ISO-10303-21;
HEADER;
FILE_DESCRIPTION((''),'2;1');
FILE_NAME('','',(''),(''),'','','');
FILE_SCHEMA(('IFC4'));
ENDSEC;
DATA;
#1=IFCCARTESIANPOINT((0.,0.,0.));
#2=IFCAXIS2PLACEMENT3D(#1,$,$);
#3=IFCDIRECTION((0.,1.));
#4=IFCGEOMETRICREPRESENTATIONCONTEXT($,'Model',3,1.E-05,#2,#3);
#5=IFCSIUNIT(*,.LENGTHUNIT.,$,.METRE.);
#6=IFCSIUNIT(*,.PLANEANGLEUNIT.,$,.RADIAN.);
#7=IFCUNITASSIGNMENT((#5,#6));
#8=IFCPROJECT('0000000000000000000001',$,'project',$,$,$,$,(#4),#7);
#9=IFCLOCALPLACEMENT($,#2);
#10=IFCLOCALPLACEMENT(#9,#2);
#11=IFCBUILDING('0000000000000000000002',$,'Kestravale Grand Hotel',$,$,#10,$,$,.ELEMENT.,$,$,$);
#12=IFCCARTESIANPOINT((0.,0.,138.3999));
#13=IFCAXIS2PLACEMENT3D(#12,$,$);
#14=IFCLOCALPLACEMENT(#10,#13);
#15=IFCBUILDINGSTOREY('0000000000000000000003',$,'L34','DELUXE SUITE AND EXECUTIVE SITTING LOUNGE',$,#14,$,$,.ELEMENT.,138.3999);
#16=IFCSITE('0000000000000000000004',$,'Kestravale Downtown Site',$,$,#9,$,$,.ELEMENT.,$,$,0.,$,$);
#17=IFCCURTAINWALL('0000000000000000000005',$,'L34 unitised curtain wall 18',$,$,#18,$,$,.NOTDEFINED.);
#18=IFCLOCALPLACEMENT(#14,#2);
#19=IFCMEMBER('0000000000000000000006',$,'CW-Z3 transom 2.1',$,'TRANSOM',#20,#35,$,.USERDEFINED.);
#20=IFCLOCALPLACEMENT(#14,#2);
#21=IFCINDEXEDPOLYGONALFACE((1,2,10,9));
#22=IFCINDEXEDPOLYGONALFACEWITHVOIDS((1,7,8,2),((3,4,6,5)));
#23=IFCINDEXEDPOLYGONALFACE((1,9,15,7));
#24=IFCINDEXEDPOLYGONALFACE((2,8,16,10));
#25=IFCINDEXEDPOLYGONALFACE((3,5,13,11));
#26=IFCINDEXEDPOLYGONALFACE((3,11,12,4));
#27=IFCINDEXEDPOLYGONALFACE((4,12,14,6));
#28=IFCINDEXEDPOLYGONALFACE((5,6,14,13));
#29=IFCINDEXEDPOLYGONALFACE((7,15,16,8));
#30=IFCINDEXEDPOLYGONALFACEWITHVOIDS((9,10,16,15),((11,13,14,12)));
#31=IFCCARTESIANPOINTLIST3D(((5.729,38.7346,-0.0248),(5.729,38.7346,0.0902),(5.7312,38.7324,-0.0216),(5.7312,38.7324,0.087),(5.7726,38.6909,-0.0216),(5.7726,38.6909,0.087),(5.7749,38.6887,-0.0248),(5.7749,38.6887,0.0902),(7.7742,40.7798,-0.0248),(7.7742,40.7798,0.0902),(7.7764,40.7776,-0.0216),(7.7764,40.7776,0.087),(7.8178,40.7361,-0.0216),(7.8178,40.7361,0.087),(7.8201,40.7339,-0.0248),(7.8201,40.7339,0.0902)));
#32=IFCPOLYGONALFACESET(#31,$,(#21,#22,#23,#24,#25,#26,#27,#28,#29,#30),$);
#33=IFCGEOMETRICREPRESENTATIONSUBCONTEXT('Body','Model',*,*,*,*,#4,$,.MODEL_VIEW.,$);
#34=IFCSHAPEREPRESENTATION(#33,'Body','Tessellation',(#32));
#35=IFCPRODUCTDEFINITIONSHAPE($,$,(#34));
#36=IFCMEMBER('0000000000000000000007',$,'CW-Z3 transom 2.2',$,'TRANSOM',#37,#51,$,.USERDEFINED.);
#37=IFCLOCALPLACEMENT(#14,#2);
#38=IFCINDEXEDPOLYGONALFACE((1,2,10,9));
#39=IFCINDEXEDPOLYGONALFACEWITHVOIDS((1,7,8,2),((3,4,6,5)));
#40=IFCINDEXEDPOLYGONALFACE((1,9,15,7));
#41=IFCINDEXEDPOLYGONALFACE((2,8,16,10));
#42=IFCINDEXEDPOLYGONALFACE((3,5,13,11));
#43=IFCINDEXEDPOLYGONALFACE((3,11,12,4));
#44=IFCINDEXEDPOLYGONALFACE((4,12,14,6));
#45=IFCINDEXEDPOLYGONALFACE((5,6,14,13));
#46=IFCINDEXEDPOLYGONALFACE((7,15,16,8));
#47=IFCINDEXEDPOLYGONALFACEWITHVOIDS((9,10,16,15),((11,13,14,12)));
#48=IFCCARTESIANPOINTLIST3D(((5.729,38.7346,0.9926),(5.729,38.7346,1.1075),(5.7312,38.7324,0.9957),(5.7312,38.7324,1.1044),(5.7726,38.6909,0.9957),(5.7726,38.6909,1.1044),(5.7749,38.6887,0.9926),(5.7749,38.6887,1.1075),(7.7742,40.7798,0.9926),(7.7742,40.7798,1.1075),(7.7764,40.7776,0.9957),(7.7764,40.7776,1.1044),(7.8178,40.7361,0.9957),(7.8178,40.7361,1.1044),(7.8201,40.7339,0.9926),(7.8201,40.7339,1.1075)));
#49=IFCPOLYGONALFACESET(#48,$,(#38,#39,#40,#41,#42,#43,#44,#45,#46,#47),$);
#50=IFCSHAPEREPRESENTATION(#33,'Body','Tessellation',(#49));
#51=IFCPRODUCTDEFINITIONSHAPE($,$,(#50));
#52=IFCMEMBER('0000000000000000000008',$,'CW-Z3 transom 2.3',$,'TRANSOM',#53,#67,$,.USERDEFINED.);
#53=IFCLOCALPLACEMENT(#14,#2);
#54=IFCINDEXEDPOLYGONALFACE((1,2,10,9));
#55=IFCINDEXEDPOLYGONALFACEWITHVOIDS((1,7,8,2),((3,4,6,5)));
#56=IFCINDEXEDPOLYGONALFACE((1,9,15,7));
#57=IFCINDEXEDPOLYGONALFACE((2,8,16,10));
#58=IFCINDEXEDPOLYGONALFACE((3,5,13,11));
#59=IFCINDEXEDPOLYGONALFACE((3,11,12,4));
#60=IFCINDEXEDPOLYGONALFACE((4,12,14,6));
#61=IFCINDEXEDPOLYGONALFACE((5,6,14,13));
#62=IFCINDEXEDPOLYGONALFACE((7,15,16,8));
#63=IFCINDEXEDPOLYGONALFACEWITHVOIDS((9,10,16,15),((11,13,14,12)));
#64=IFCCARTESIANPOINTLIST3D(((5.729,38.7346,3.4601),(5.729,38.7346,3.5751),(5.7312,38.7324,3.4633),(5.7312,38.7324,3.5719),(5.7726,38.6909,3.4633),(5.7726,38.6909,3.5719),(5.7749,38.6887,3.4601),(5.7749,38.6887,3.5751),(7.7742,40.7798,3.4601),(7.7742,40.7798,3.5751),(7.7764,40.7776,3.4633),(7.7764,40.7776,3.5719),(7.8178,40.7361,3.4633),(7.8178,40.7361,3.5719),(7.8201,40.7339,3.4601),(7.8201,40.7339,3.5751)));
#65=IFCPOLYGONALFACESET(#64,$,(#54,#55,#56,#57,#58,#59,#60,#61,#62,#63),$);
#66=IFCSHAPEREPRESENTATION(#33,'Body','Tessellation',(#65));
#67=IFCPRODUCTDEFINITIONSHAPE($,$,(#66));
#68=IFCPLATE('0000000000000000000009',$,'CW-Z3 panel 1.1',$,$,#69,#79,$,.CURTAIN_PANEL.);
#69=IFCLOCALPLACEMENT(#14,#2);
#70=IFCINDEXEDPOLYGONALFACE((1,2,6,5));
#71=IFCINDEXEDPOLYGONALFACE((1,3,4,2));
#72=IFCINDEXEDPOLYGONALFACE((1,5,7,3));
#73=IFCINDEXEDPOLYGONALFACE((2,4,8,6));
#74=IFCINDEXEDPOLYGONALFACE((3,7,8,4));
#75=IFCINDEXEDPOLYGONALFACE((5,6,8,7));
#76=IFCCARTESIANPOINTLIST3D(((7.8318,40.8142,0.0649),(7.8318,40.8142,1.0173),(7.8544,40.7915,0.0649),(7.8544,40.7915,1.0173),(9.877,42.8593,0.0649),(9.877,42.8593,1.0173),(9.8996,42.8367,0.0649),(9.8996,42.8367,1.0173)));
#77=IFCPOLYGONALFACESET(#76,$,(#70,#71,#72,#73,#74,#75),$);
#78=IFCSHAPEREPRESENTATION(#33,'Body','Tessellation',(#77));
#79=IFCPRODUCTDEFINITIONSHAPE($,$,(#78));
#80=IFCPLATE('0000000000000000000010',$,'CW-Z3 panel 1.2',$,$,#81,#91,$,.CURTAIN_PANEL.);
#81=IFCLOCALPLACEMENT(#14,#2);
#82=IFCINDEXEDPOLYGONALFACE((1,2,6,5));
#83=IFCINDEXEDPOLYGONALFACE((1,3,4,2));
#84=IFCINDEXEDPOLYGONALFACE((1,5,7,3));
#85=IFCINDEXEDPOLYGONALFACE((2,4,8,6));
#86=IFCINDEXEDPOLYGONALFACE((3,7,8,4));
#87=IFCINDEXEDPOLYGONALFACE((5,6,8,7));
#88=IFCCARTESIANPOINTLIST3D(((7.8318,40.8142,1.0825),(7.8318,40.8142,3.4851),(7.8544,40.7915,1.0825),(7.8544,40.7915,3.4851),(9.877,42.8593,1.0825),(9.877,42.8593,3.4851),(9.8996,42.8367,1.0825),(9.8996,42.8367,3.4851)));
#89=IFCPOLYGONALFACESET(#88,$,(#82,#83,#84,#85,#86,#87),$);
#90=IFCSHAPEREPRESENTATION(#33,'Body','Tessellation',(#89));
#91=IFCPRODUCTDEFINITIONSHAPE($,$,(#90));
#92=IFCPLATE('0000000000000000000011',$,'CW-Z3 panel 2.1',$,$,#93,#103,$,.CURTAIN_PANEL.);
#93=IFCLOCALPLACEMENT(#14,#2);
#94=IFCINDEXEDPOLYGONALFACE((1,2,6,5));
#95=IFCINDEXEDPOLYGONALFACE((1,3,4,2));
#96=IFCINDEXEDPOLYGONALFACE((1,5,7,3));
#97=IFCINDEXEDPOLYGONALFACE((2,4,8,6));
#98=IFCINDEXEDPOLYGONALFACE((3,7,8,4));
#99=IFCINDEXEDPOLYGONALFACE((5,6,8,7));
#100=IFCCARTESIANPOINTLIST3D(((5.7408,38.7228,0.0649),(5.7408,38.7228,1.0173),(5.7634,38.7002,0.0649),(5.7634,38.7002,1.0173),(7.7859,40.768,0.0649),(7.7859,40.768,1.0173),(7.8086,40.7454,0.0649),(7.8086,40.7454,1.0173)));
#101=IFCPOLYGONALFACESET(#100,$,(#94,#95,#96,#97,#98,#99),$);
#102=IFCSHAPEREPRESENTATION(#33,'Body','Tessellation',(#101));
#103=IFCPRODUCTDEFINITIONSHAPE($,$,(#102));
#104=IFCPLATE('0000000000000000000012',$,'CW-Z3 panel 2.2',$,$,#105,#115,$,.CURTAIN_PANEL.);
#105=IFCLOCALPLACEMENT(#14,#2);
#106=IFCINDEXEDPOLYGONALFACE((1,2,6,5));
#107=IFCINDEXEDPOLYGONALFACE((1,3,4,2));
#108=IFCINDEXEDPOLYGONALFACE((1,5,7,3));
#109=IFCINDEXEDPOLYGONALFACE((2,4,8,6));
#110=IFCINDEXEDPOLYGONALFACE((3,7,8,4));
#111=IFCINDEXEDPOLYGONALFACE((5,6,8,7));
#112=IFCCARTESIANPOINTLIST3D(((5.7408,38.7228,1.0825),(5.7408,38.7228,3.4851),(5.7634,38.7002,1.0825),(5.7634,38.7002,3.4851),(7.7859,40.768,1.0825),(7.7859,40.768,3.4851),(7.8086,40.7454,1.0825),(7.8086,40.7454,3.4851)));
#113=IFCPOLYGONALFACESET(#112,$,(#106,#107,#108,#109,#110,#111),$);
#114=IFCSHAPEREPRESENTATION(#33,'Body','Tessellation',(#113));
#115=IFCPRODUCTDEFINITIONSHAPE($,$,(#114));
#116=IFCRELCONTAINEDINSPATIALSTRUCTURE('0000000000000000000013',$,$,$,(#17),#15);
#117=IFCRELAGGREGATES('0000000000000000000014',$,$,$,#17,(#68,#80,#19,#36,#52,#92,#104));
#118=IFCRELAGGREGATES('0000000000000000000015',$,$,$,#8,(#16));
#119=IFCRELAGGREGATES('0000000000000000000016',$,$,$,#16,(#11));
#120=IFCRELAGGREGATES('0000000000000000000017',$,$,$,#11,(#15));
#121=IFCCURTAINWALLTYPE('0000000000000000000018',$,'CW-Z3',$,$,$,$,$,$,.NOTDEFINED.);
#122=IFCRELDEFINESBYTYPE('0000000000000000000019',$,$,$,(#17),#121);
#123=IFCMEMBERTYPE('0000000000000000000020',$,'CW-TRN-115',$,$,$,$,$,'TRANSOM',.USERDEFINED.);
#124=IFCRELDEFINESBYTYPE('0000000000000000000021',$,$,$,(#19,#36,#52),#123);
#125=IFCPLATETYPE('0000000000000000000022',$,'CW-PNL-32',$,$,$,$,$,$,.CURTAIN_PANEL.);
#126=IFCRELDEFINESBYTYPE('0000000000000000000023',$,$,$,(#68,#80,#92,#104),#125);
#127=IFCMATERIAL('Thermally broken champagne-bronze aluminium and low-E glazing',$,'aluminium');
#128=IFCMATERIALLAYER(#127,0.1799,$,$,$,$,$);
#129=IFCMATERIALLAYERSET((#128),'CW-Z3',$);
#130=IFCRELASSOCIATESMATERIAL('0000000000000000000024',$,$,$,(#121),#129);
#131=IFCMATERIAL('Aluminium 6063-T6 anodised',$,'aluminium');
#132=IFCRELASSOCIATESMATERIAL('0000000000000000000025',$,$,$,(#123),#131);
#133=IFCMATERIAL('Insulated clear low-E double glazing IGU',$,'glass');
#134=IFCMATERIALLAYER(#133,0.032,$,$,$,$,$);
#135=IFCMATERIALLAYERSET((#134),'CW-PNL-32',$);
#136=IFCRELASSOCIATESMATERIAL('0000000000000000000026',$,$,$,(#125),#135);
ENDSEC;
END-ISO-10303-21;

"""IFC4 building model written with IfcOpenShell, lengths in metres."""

from ifc_helpers import new_model, si_unit, direction, frame, origin, origin_2d, place, context, subcontext, project, spatial, rectangle, hollow_rectangle, extrude, material, layer, layer_set, material_profile, profile_set, type_object, element, aggregate, save


model = new_model("IFC4")

# Units and contexts
model_context = context("Model", 3, precision=1e-05, world=origin(), true_north=direction((0.0, 1.0)))
body_context = subcontext(model_context, "Body", "Model", "MODEL_VIEW")
ifc_project = project(units=[si_unit("LENGTHUNIT", "METRE"), si_unit("PLANEANGLEUNIT", "RADIAN")], contexts=[model_context])

# Site, building, storey
site_placement = place(None, origin())
site = spatial("IfcSite", under=ifc_project, at=site_placement, Name="Kestravale Downtown Site", CompositionType="ELEMENT", RefElevation=0.0)
building_placement = place(site_placement, origin())
building = spatial("IfcBuilding", under=site, at=building_placement, Name="Kestravale Grand Hotel", CompositionType="ELEMENT")
storey_placement = place(building_placement, frame((0.0, 0.0, 138.3999)))
storey = spatial("IfcBuildingStorey", under=building, at=storey_placement, Name="L34", Description="DELUXE SUITE AND EXECUTIVE SITTING LOUNGE", CompositionType="ELEMENT", Elevation=138.3999)

# Curtain wall, members, plates
ifc_material_1 = material(Name="Thermally broken champagne-bronze aluminium and low-E glazing", Category="aluminium")
ifc_layer_1 = layer(ifc_material_1, 0.1799)
ifc_layer_set_1 = layer_set([ifc_layer_1], Name="CW-Z3")
curtain_wall_type = type_object("IfcCurtainWallType", Name="CW-Z3", PredefinedType="NOTDEFINED", material=ifc_layer_set_1)
curtain_wall_placement = place(storey_placement, origin())
curtain_wall = element("IfcCurtainWall", 1, at=curtain_wall_placement, inside=storey, type_object=curtain_wall_type, Name="L34 unitised curtain wall 18", PredefinedType="NOTDEFINED")
ifc_material_2 = material(Name="Aluminium 6063-T6 anodised", Category="aluminium")
ifc_material_profile_1 = material_profile(ifc_material_2, hollow_rectangle(XDim=0.0649, YDim=0.115, WallThickness=0.0032, at=origin_2d()))
ifc_profile_set_1 = profile_set([ifc_material_profile_1], Name="Aluminium 6063-T6 anodised")
member_type_1 = type_object("IfcMemberType", Name="CW-TRN-115", ElementType="TRANSOM", PredefinedType="USERDEFINED", material=ifc_profile_set_1)
member_1_placement = place(storey_placement, frame((7.7971, 40.7568, 0.0327), z_axis=(-0.707107, -0.707107, 0.0), x_axis=(0.707107, -0.707107, 0.0)))
member_1 = element("IfcMember", 2, at=member_1_placement, type_object=member_type_1, Name="CW-Z3 transom 2.1", ObjectType="TRANSOM", PredefinedType="USERDEFINED", context=body_context, shape_type="SweptSolid", body=[
    extrude(hollow_rectangle(XDim=0.0649, YDim=0.115, WallThickness=0.0032, at=origin_2d()), origin(), (0.0, 0.0, 1.0), 2.8923),
])
member_2_placement = place(storey_placement, frame((7.7971, 40.7568, 1.05), z_axis=(-0.707107, -0.707107, 0.0), x_axis=(0.707107, -0.707107, 0.0)))
member_2 = element("IfcMember", 3, at=member_2_placement, type_object=member_type_1, Name="CW-Z3 transom 2.2", ObjectType="TRANSOM", PredefinedType="USERDEFINED", context=body_context, shape_type="SweptSolid", body=[
    extrude(hollow_rectangle(XDim=0.0649, YDim=0.115, WallThickness=0.0032, at=origin_2d()), origin(), (0.0, 0.0, 1.0), 2.8923),
])
member_3_placement = place(storey_placement, frame((7.7971, 40.7568, 3.5176), z_axis=(-0.707107, -0.707107, 0.0), x_axis=(0.707107, -0.707107, 0.0)))
member_3 = element("IfcMember", 4, at=member_3_placement, type_object=member_type_1, Name="CW-Z3 transom 2.3", ObjectType="TRANSOM", PredefinedType="USERDEFINED", context=body_context, shape_type="SweptSolid", body=[
    extrude(hollow_rectangle(XDim=0.0649, YDim=0.115, WallThickness=0.0032, at=origin_2d()), origin(), (0.0, 0.0, 1.0), 2.8923),
])
ifc_material_3 = material(Name="Insulated clear low-E double glazing IGU", Category="glass")
ifc_layer_2 = layer(ifc_material_3, 0.032)
ifc_layer_set_2 = layer_set([ifc_layer_2], Name="CW-PNL-32")
plate_type = type_object("IfcPlateType", Name="CW-PNL-32", PredefinedType="CURTAIN_PANEL", material=ifc_layer_set_2)
plate_1_placement = place(storey_placement, frame((8.8657, 41.8254, 0.0649), z_axis=(0.0, 0.0, 1.0), x_axis=(-0.707107, -0.707107, 0.0)))
plate_1 = element("IfcPlate", 5, at=plate_1_placement, type_object=plate_type, Name="CW-Z3 panel 1.1", PredefinedType="CURTAIN_PANEL", context=body_context, shape_type="SweptSolid", body=[
    extrude(rectangle(XDim=2.8923, YDim=0.032, at=origin_2d()), origin(), (0.0, 0.0, 1.0), 0.9524),
])
plate_2_placement = place(storey_placement, frame((8.8657, 41.8254, 1.0825), z_axis=(0.0, 0.0, 1.0), x_axis=(-0.707107, -0.707107, 0.0)))
plate_2 = element("IfcPlate", 6, at=plate_2_placement, type_object=plate_type, Name="CW-Z3 panel 1.2", PredefinedType="CURTAIN_PANEL", context=body_context, shape_type="SweptSolid", body=[
    extrude(rectangle(XDim=2.8923, YDim=0.032, at=origin_2d()), origin(), (0.0, 0.0, 1.0), 2.4026),
])
plate_3_placement = place(storey_placement, frame((6.7747, 39.7341, 0.0649), z_axis=(0.0, 0.0, 1.0), x_axis=(-0.707107, -0.707107, 0.0)))
plate_3 = element("IfcPlate", 7, at=plate_3_placement, type_object=plate_type, Name="CW-Z3 panel 2.1", PredefinedType="CURTAIN_PANEL", context=body_context, shape_type="SweptSolid", body=[
    extrude(rectangle(XDim=2.8923, YDim=0.032, at=origin_2d()), origin(), (0.0, 0.0, 1.0), 0.9524),
])
plate_4_placement = place(storey_placement, frame((6.7747, 39.7341, 1.0825), z_axis=(0.0, 0.0, 1.0), x_axis=(-0.707107, -0.707107, 0.0)))
plate_4 = element("IfcPlate", 8, at=plate_4_placement, type_object=plate_type, Name="CW-Z3 panel 2.2", PredefinedType="CURTAIN_PANEL", context=body_context, shape_type="SweptSolid", body=[
    extrude(rectangle(XDim=2.8923, YDim=0.032, at=origin_2d()), origin(), (0.0, 0.0, 1.0), 2.4026),
])
aggregate(curtain_wall, [plate_1, plate_2, member_1, member_2, member_3, plate_3, plate_4])

save(model, "model.ifc")
